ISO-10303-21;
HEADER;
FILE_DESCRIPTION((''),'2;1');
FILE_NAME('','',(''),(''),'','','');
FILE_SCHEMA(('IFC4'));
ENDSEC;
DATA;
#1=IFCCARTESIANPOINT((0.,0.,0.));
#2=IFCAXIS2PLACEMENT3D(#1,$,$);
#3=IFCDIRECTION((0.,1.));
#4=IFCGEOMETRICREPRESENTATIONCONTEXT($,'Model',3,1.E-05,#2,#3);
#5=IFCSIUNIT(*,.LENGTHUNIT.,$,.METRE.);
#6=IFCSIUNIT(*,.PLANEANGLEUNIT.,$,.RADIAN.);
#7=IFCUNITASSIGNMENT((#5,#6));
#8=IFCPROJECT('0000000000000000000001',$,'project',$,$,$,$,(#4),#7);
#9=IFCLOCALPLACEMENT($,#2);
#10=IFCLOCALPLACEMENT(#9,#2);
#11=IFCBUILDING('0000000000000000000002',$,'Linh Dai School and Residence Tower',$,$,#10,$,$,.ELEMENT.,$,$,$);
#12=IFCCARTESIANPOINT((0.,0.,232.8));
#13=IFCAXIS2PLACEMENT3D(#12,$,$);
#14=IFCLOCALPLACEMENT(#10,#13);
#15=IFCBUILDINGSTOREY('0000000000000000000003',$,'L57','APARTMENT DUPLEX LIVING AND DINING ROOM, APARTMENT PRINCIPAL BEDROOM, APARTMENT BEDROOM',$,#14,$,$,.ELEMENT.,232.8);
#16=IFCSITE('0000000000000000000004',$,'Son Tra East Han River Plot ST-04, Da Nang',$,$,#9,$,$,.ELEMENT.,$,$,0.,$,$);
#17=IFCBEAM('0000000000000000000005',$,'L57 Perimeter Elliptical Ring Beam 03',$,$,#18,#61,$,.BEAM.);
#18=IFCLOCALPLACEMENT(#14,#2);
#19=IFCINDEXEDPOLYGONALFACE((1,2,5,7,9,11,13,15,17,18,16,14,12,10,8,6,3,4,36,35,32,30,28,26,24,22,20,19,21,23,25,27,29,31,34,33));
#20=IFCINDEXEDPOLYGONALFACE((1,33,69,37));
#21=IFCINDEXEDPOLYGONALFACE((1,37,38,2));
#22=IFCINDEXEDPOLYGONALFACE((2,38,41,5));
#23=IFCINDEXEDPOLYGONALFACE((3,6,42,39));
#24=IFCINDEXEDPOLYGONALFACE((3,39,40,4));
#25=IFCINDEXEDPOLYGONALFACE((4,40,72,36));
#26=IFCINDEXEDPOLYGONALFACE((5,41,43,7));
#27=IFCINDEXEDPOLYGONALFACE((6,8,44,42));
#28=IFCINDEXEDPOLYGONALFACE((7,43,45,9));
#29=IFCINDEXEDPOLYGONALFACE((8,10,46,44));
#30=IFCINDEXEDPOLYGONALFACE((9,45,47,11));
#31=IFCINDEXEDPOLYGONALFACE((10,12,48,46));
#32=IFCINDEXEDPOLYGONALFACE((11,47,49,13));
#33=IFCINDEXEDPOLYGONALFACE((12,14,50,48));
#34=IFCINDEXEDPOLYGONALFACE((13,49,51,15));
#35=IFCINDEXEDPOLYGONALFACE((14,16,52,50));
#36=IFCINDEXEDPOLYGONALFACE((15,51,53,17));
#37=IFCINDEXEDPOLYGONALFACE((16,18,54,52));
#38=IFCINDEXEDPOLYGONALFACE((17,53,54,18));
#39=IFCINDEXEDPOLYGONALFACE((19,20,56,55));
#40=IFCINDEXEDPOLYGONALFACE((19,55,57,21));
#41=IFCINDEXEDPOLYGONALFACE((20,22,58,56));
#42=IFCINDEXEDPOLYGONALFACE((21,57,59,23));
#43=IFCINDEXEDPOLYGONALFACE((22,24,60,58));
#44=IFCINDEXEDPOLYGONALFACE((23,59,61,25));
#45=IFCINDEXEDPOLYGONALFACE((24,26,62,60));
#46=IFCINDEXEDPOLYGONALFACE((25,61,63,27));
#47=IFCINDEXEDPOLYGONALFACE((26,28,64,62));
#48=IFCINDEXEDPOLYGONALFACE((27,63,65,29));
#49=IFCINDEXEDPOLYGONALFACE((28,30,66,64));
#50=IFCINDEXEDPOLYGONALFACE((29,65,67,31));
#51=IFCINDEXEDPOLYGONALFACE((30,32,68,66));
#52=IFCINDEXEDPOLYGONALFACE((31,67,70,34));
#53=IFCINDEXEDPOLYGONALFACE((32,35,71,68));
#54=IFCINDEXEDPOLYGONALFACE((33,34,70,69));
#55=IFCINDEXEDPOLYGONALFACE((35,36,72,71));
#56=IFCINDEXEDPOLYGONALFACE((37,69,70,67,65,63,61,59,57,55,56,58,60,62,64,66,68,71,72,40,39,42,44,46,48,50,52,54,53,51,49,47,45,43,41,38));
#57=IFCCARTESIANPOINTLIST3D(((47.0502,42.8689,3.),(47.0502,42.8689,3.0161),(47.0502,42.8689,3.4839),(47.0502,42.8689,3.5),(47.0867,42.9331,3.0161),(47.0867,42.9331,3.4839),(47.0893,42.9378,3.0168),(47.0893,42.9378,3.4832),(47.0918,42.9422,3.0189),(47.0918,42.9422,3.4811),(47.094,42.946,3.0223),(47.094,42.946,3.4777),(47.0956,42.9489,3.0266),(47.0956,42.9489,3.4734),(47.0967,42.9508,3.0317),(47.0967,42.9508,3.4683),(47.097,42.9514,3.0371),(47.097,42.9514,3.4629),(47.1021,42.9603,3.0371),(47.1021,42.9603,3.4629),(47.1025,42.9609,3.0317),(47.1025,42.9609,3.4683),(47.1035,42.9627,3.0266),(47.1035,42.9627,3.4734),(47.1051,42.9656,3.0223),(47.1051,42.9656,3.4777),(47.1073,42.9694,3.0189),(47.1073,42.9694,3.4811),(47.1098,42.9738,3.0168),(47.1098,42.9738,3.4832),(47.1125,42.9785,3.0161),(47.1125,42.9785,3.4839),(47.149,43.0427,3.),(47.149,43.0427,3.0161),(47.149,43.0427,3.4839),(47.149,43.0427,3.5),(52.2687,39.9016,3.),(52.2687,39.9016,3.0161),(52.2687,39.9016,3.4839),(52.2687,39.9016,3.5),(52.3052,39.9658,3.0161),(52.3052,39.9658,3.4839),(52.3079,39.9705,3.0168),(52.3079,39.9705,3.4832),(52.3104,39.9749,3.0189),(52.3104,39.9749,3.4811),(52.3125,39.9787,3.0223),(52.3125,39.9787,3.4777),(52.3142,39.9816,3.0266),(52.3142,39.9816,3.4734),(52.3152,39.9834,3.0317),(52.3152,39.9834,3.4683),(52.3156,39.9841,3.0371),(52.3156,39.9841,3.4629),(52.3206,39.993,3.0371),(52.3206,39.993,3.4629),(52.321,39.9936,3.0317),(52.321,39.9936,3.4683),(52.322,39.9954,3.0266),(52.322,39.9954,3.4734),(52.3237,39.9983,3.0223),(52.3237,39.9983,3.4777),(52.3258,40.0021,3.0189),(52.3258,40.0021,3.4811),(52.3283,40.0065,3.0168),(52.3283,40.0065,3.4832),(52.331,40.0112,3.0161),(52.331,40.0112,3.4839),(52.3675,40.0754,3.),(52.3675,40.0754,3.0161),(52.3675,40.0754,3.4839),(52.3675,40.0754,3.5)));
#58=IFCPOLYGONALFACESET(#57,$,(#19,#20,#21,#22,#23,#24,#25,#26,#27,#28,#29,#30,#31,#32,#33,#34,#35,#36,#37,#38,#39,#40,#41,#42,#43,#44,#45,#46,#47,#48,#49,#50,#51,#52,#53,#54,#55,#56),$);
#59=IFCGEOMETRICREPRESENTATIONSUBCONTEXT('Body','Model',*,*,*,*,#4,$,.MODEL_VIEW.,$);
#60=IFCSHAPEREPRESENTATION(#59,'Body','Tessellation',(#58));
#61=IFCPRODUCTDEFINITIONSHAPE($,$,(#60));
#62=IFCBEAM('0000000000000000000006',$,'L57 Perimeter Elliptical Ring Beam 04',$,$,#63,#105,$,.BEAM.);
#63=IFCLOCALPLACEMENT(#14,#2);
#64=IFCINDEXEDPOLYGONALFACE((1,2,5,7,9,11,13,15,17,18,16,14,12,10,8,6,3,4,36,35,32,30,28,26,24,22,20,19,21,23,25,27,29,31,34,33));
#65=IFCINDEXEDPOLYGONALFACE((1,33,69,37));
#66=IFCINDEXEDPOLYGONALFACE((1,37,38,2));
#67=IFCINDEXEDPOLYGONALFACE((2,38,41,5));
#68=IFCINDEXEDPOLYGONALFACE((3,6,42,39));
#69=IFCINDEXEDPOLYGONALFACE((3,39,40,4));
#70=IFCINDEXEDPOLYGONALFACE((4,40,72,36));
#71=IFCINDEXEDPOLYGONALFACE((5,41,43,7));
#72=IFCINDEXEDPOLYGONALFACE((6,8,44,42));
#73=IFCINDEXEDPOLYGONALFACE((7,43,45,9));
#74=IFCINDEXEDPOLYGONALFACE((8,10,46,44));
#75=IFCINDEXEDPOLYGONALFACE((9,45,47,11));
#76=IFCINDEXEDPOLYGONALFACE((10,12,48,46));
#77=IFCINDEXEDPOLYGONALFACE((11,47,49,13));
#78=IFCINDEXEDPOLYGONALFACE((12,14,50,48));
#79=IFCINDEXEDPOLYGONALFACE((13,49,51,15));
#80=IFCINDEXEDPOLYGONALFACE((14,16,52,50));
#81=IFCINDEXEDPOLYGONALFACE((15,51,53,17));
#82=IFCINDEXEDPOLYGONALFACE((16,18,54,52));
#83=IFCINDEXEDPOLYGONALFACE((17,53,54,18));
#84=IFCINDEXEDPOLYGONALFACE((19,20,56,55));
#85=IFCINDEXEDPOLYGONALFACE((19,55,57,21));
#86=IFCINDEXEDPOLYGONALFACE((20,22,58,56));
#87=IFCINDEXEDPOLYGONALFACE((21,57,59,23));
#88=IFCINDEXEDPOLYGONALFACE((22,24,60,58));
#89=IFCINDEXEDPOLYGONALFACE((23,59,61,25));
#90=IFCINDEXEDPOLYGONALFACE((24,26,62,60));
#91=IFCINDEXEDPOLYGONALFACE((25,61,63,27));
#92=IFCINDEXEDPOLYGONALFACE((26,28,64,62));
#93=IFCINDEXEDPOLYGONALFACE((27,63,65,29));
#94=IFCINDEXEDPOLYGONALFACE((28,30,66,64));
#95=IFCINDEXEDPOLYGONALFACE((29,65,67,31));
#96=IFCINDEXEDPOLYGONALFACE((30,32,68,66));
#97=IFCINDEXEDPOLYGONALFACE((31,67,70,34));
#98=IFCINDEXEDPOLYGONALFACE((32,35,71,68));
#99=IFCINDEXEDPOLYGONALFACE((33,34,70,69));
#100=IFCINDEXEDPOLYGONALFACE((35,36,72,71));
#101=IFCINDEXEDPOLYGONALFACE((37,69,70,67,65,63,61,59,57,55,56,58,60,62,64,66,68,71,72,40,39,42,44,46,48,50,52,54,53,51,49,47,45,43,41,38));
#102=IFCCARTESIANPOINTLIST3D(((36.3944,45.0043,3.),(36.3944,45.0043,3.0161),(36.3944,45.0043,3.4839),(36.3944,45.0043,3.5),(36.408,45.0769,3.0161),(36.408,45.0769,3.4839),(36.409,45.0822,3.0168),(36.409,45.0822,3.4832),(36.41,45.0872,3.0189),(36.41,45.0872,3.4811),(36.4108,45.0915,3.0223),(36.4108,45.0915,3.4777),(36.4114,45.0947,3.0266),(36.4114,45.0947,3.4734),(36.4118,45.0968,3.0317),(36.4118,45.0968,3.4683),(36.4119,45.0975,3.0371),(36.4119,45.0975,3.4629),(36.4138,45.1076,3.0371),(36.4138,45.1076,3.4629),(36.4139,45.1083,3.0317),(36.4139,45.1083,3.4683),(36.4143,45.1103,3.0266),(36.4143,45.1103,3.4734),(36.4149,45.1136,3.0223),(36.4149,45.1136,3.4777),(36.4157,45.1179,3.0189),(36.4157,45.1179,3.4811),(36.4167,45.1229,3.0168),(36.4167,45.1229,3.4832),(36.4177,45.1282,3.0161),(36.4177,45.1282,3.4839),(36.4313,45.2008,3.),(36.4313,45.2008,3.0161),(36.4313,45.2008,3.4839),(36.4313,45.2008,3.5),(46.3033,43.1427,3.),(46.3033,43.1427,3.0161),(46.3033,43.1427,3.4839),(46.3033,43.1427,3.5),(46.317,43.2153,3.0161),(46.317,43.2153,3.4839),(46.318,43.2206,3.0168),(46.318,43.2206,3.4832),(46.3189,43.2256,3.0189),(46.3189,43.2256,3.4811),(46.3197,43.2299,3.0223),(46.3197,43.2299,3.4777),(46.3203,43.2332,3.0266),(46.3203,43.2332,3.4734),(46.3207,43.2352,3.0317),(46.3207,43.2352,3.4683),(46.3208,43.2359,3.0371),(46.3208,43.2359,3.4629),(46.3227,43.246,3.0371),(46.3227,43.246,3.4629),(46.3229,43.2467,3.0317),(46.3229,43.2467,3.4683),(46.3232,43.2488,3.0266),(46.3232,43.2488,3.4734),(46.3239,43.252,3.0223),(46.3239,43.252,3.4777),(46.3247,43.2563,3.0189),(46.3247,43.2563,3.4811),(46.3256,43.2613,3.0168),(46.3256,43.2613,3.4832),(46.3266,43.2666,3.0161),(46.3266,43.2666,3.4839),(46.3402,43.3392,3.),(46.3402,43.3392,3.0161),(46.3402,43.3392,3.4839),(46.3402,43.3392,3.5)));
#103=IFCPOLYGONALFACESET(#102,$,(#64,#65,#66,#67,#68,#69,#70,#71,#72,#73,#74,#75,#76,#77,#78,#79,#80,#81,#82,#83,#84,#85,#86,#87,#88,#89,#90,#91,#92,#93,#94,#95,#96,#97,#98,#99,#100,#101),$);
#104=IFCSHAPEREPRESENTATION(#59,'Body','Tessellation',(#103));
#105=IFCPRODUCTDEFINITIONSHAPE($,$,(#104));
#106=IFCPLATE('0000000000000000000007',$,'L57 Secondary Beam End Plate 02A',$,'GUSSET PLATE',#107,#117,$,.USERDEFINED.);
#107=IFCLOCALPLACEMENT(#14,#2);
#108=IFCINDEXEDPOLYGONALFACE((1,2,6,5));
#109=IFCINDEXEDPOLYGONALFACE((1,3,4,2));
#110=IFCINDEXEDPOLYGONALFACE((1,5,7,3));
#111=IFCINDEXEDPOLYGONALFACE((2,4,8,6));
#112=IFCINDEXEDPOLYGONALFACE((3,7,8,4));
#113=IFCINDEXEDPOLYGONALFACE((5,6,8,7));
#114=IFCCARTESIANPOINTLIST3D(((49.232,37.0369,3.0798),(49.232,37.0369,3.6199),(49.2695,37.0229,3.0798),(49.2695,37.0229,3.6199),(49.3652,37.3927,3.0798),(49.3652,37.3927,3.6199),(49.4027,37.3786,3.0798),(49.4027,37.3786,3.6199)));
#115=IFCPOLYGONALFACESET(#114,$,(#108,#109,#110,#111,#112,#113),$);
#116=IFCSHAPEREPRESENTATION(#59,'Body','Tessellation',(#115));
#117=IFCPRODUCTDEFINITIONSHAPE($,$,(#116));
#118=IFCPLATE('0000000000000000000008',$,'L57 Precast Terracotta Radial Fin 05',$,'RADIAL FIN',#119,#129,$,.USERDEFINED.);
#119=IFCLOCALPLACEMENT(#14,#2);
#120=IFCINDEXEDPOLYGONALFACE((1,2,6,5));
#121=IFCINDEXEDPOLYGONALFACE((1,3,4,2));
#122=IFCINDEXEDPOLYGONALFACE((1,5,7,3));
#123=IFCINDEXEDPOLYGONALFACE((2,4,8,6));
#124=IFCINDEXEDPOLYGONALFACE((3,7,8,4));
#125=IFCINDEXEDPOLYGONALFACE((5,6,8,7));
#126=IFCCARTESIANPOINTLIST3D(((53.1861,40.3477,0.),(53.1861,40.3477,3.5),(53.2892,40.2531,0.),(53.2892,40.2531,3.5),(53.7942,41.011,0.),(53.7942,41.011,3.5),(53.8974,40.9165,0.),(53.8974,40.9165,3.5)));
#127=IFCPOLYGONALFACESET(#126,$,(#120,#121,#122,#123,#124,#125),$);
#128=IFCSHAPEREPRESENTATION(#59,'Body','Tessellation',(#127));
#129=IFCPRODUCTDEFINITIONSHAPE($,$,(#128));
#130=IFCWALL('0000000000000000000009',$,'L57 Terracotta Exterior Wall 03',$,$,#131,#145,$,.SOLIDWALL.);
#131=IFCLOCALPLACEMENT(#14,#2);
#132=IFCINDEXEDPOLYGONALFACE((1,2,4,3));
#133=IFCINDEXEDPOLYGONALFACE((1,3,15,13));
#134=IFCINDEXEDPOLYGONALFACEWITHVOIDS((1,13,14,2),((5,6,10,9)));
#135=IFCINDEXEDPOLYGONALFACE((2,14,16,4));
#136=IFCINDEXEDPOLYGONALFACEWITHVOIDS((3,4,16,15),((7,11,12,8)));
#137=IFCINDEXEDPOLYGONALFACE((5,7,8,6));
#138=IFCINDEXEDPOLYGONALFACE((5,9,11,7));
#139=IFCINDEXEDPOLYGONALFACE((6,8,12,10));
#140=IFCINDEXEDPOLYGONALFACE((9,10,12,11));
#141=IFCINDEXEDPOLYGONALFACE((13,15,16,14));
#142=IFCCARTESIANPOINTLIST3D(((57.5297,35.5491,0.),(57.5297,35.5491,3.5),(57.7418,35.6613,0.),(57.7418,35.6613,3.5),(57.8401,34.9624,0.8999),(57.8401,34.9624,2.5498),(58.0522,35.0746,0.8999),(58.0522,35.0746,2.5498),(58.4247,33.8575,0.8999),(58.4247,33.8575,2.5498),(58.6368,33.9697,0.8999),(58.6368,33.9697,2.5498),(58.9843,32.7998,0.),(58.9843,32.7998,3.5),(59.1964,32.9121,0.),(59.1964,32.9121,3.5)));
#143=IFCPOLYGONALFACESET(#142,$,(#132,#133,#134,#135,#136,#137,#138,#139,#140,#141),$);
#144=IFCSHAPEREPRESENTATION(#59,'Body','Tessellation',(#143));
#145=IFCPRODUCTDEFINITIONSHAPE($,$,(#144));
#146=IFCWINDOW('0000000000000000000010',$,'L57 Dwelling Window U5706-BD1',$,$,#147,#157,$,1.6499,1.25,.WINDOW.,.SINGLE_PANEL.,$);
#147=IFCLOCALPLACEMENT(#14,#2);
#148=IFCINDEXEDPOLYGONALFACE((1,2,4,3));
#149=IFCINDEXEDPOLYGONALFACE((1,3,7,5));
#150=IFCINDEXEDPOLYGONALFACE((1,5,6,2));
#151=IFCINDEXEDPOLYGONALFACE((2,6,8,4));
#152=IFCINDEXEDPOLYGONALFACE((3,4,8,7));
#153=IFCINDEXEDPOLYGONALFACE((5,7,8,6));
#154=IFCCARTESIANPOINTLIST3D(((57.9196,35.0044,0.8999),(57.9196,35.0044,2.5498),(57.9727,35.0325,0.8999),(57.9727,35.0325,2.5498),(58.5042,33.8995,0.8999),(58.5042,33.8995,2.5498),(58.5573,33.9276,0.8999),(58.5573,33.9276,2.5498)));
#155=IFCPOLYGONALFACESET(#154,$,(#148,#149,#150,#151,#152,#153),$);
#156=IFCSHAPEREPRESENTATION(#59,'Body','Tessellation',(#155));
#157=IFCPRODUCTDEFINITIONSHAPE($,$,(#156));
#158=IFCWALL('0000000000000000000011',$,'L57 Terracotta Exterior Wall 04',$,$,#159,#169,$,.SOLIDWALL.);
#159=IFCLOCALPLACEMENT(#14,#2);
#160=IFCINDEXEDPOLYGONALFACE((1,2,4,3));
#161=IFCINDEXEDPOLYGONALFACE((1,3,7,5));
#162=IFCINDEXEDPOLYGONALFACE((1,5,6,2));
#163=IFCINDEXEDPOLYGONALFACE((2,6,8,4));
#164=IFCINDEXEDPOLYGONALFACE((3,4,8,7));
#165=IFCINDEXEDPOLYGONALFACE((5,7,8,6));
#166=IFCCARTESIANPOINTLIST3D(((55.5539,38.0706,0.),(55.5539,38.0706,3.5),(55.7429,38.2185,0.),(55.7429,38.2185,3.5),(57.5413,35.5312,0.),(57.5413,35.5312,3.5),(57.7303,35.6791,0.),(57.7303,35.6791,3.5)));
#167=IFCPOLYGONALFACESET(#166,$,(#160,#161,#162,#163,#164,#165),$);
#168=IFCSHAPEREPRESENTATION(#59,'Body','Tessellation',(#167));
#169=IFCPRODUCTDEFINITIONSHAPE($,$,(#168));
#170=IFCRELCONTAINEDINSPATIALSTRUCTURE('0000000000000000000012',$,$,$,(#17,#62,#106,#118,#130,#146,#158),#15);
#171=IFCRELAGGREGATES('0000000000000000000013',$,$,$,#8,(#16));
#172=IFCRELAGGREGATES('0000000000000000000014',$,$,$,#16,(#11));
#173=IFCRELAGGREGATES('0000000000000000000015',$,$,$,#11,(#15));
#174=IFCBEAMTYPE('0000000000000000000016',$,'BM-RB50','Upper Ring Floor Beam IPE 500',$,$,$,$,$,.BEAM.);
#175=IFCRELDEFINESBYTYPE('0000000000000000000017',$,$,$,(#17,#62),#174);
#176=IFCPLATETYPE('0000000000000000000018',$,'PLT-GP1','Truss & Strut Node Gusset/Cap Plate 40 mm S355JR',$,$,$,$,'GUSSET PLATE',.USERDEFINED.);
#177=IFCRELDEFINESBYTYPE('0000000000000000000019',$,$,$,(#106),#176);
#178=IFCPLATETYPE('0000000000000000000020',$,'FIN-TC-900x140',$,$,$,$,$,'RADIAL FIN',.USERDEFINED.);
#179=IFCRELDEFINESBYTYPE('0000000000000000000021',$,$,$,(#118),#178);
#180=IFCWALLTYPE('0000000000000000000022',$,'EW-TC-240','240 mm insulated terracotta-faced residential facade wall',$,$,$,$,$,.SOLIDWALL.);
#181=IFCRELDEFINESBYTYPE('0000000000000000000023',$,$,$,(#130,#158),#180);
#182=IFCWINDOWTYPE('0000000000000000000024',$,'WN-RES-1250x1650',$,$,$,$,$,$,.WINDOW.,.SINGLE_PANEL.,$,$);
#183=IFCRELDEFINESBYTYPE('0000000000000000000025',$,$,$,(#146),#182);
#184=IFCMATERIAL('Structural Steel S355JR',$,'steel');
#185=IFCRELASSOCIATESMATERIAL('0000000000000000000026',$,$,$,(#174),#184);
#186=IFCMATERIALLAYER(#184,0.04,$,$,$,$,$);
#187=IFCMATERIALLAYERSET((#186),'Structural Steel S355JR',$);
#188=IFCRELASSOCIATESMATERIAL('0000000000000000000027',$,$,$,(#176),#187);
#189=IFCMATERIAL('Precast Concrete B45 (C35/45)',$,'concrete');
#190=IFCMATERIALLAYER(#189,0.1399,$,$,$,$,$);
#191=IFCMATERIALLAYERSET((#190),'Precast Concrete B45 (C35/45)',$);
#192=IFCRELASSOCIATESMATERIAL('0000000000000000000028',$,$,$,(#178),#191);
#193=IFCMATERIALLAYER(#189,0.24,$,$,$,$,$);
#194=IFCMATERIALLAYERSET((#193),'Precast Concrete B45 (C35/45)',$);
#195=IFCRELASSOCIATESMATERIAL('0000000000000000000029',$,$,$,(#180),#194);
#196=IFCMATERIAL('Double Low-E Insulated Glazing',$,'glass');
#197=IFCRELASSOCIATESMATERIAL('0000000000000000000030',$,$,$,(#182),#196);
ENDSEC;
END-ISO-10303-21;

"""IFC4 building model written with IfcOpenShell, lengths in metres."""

from ifc_helpers import new_model, si_unit, direction, frame, frame_2d, origin, origin_2d, place, context, subcontext, project, spatial, rectangle, i_section, extrude, source, transform, mapped, material, layer, layer_set, material_profile, profile_set, type_object, element, fill, save


model = new_model("IFC4")

# Units and contexts
model_context = context("Model", 3, precision=1e-05, world=origin(), true_north=direction((0.0, 1.0)))
body_context = subcontext(model_context, "Body", "Model", "MODEL_VIEW")
ifc_project = project(units=[si_unit("LENGTHUNIT", "METRE"), si_unit("PLANEANGLEUNIT", "RADIAN")], contexts=[model_context])

# Site, building, storey
site_placement = place(None, origin())
site = spatial("IfcSite", under=ifc_project, at=site_placement, Name="Son Tra East Han River Plot ST-04, Da Nang", CompositionType="ELEMENT", RefElevation=0.0)
building_placement = place(site_placement, origin())
building = spatial("IfcBuilding", under=site, at=building_placement, Name="Linh Dai School and Residence Tower", CompositionType="ELEMENT")
storey_placement = place(building_placement, frame((0.0, 0.0, 232.8)))
storey = spatial("IfcBuildingStorey", under=building, at=storey_placement, Name="L57", Description="APARTMENT DUPLEX LIVING AND DINING ROOM, APARTMENT PRINCIPAL BEDROOM, APARTMENT BEDROOM", CompositionType="ELEMENT", Elevation=232.8)

# Shared definitions
ifc_material_1 = material(Name="Structural Steel S355JR", Category="steel")

# Beams
ifc_material_profile_1 = material_profile(ifc_material_1, i_section(OverallWidth=0.2, OverallDepth=0.5, WebThickness=0.0103, FlangeThickness=0.0161, FilletRadius=0.021, at=origin_2d()), Name="IPE 500")
ifc_profile_set_1 = profile_set([ifc_material_profile_1], Name="Structural Steel S355JR")
beam_type_1 = type_object("IfcBeamType", Name="BM-RB50", Description="Upper Ring Floor Beam IPE 500", PredefinedType="BEAM", material=ifc_profile_set_1)
beam_1_placement = place(storey_placement, frame((52.3181, 39.9885, 3.25), z_axis=(-0.869297, 0.49429, 0.0), x_axis=(-0.49429, -0.869297, 0.0)))
element("IfcBeam", 1, at=beam_1_placement, inside=storey, type_object=beam_type_1, Name="L57 Perimeter Elliptical Ring Beam 03", PredefinedType="BEAM", context=body_context, shape_type="SweptSolid", body=[
    extrude(i_section(OverallWidth=0.2, OverallDepth=0.5, WebThickness=0.0103, FlangeThickness=0.0161, FilletRadius=0.021, at=origin_2d()), origin(), (0.0, 0.0, 1.0), 6.0032),
])
beam_2_placement = place(storey_placement, frame((46.3218, 43.241, 3.25), z_axis=(-0.982807, 0.184638, 0.0), x_axis=(-0.184638, -0.982807, 0.0)))
element("IfcBeam", 2, at=beam_2_placement, inside=storey, type_object=beam_type_1, Name="L57 Perimeter Elliptical Ring Beam 04", PredefinedType="BEAM", context=body_context, shape_type="SweptSolid", body=[
    extrude(i_section(OverallWidth=0.2, OverallDepth=0.5, WebThickness=0.0103, FlangeThickness=0.0161, FilletRadius=0.021, at=origin_2d()), origin(), (0.0, 0.0, 1.0), 10.0823),
])

# Plates
ifc_layer_1 = layer(ifc_material_1, 0.04)
ifc_layer_set_1 = layer_set([ifc_layer_1], Name="Structural Steel S355JR")
plate_type_1 = type_object("IfcPlateType", Name="PLT-GP1", Description="Truss & Strut Node Gusset/Cap Plate 40 mm S355JR", ElementType="GUSSET PLATE", PredefinedType="USERDEFINED", material=ifc_layer_set_1)
shared_shape_1 = source(origin(), body_context, "Body", "SweptSolid", [
    extrude(rectangle(XDim=0.04, YDim=0.3799, at=origin_2d()), origin(), (0.0, 0.0, 1.0), 0.54),
])
plate_1_placement = place(storey_placement, frame((49.3174, 37.2078, 3.0798), z_axis=(0.0, 0.0, 1.0), x_axis=(-0.936534, 0.350577, 0.0)))
element("IfcPlate", 3, at=plate_1_placement, inside=storey, type_object=plate_type_1, Name="L57 Secondary Beam End Plate 02A", ObjectType="GUSSET PLATE", PredefinedType="USERDEFINED", context=body_context, shape_type="MappedRepresentation", body=[
    mapped(shared_shape_1, transform((0.0, 0.0, 0.0), x_axis=(1.0, 0.0, 0.0), y_axis=(0.0, 1.0, 0.0), z_axis=(0.0, 0.0, 1.0), scale=1.0)),
])
ifc_material_2 = material(Name="Precast Concrete B45 (C35/45)", Category="concrete")
ifc_layer_2 = layer(ifc_material_2, 0.1399)
ifc_layer_set_2 = layer_set([ifc_layer_2], Name="Precast Concrete B45 (C35/45)")
plate_type_2 = type_object("IfcPlateType", Name="FIN-TC-900x140", ElementType="RADIAL FIN", PredefinedType="USERDEFINED", material=ifc_layer_set_2)
shared_shape_2 = source(origin(), body_context, "Body", "SweptSolid", [
    extrude(rectangle(XDim=0.8999, YDim=0.1399, at=origin_2d()), origin(), (0.0, 0.0, 1.0), 3.5),
])
plate_2_placement = place(storey_placement, frame((53.5417, 40.6321, 0.0), z_axis=(0.0, 0.0, 1.0), x_axis=(0.675758, 0.737124, 0.0)))
element("IfcPlate", 4, at=plate_2_placement, inside=storey, type_object=plate_type_2, Name="L57 Precast Terracotta Radial Fin 05", ObjectType="RADIAL FIN", PredefinedType="USERDEFINED", context=body_context, shape_type="MappedRepresentation", body=[
    mapped(shared_shape_2, transform((0.0, 0.0, 0.0), x_axis=(1.0, 0.0, 0.0), y_axis=(0.0, 1.0, 0.0), z_axis=(0.0, 0.0, 1.0), scale=1.0)),
])

# Wall, opening, window
ifc_layer_3 = layer(ifc_material_2, 0.24)
ifc_layer_set_3 = layer_set([ifc_layer_3], Name="Precast Concrete B45 (C35/45)")
wall_type_1 = type_object("IfcWallType", Name="EW-TC-240", Description="240 mm insulated terracotta-faced residential facade wall", PredefinedType="SOLIDWALL", material=ifc_layer_set_3)
wall_1_placement = place(storey_placement, frame((57.6357, 35.6052, 0.0), z_axis=(0.0, 0.0, 1.0), x_axis=(0.46766, -0.883908, 0.0)))
wall_1 = element("IfcWall", 5, at=wall_1_placement, inside=storey, type_object=wall_type_1, Name="L57 Terracotta Exterior Wall 03", PredefinedType="SOLIDWALL", context=body_context, shape_type="SweptSolid", body=[
    extrude(rectangle(XDim=3.1104, YDim=0.24, at=frame_2d((1.5552, 0.0))), origin(), (0.0, 0.0, 1.0), 3.5),
])
opening_1_placement = place(wall_1_placement, frame((0.6638, 0.0, 0.8999)))
opening_1 = element("IfcOpeningElement", 6, at=opening_1_placement, cuts=wall_1, PredefinedType="OPENING", context=body_context, shape_type="SweptSolid", body=[
    extrude(rectangle(XDim=1.25, YDim=1.6499, at=origin_2d()), frame((0.625, 0.1299, 0.825), z_axis=(0.0, -1.0, 0.0), x_axis=(1.0, 0.0, 0.0)), (0.0, 0.0, 1.0), 0.26),
])
ifc_material_3 = material(Name="Double Low-E Insulated Glazing", Category="glass")
window_type_1 = type_object("IfcWindowType", Name="WN-RES-1250x1650", PartitioningType="SINGLE_PANEL", PredefinedType="WINDOW", material=ifc_material_3)
shared_shape_3 = source(origin(), body_context, "Body", "SweptSolid", [
    extrude(rectangle(XDim=1.25, YDim=1.6499, at=origin_2d()), frame((0.625, 0.03, 0.825), z_axis=(0.0, -1.0, 0.0), x_axis=(1.0, 0.0, 0.0)), (0.0, 0.0, 1.0), 0.0601),
])
window_1_placement = place(opening_1_placement, origin())
window_1 = element("IfcWindow", 7, at=window_1_placement, inside=storey, type_object=window_type_1, Name="L57 Dwelling Window U5706-BD1", OverallHeight=1.6499, OverallWidth=1.25, PartitioningType="SINGLE_PANEL", PredefinedType="WINDOW", context=body_context, shape_type="MappedRepresentation", body=[
    mapped(shared_shape_3, transform((0.0, 0.0, 0.0), x_axis=(1.0, 0.0, 0.0), y_axis=(0.0, 1.0, 0.0), z_axis=(0.0, 0.0, 1.0), scale=1.0)),
])
fill(opening_1, window_1)

# Wall
wall_2_placement = place(storey_placement, frame((55.6484, 38.1445, 0.0), z_axis=(0.0, 0.0, 1.0), x_axis=(0.616312, -0.787502, 0.0)))
element("IfcWall", 8, at=wall_2_placement, inside=storey, type_object=wall_type_1, Name="L57 Terracotta Exterior Wall 04", PredefinedType="SOLIDWALL", context=body_context, shape_type="SweptSolid", body=[
    extrude(rectangle(XDim=3.2246, YDim=0.24, at=frame_2d((1.6123, 0.0))), origin(), (0.0, 0.0, 1.0), 3.5),
])

save(model, "model.ifc")
